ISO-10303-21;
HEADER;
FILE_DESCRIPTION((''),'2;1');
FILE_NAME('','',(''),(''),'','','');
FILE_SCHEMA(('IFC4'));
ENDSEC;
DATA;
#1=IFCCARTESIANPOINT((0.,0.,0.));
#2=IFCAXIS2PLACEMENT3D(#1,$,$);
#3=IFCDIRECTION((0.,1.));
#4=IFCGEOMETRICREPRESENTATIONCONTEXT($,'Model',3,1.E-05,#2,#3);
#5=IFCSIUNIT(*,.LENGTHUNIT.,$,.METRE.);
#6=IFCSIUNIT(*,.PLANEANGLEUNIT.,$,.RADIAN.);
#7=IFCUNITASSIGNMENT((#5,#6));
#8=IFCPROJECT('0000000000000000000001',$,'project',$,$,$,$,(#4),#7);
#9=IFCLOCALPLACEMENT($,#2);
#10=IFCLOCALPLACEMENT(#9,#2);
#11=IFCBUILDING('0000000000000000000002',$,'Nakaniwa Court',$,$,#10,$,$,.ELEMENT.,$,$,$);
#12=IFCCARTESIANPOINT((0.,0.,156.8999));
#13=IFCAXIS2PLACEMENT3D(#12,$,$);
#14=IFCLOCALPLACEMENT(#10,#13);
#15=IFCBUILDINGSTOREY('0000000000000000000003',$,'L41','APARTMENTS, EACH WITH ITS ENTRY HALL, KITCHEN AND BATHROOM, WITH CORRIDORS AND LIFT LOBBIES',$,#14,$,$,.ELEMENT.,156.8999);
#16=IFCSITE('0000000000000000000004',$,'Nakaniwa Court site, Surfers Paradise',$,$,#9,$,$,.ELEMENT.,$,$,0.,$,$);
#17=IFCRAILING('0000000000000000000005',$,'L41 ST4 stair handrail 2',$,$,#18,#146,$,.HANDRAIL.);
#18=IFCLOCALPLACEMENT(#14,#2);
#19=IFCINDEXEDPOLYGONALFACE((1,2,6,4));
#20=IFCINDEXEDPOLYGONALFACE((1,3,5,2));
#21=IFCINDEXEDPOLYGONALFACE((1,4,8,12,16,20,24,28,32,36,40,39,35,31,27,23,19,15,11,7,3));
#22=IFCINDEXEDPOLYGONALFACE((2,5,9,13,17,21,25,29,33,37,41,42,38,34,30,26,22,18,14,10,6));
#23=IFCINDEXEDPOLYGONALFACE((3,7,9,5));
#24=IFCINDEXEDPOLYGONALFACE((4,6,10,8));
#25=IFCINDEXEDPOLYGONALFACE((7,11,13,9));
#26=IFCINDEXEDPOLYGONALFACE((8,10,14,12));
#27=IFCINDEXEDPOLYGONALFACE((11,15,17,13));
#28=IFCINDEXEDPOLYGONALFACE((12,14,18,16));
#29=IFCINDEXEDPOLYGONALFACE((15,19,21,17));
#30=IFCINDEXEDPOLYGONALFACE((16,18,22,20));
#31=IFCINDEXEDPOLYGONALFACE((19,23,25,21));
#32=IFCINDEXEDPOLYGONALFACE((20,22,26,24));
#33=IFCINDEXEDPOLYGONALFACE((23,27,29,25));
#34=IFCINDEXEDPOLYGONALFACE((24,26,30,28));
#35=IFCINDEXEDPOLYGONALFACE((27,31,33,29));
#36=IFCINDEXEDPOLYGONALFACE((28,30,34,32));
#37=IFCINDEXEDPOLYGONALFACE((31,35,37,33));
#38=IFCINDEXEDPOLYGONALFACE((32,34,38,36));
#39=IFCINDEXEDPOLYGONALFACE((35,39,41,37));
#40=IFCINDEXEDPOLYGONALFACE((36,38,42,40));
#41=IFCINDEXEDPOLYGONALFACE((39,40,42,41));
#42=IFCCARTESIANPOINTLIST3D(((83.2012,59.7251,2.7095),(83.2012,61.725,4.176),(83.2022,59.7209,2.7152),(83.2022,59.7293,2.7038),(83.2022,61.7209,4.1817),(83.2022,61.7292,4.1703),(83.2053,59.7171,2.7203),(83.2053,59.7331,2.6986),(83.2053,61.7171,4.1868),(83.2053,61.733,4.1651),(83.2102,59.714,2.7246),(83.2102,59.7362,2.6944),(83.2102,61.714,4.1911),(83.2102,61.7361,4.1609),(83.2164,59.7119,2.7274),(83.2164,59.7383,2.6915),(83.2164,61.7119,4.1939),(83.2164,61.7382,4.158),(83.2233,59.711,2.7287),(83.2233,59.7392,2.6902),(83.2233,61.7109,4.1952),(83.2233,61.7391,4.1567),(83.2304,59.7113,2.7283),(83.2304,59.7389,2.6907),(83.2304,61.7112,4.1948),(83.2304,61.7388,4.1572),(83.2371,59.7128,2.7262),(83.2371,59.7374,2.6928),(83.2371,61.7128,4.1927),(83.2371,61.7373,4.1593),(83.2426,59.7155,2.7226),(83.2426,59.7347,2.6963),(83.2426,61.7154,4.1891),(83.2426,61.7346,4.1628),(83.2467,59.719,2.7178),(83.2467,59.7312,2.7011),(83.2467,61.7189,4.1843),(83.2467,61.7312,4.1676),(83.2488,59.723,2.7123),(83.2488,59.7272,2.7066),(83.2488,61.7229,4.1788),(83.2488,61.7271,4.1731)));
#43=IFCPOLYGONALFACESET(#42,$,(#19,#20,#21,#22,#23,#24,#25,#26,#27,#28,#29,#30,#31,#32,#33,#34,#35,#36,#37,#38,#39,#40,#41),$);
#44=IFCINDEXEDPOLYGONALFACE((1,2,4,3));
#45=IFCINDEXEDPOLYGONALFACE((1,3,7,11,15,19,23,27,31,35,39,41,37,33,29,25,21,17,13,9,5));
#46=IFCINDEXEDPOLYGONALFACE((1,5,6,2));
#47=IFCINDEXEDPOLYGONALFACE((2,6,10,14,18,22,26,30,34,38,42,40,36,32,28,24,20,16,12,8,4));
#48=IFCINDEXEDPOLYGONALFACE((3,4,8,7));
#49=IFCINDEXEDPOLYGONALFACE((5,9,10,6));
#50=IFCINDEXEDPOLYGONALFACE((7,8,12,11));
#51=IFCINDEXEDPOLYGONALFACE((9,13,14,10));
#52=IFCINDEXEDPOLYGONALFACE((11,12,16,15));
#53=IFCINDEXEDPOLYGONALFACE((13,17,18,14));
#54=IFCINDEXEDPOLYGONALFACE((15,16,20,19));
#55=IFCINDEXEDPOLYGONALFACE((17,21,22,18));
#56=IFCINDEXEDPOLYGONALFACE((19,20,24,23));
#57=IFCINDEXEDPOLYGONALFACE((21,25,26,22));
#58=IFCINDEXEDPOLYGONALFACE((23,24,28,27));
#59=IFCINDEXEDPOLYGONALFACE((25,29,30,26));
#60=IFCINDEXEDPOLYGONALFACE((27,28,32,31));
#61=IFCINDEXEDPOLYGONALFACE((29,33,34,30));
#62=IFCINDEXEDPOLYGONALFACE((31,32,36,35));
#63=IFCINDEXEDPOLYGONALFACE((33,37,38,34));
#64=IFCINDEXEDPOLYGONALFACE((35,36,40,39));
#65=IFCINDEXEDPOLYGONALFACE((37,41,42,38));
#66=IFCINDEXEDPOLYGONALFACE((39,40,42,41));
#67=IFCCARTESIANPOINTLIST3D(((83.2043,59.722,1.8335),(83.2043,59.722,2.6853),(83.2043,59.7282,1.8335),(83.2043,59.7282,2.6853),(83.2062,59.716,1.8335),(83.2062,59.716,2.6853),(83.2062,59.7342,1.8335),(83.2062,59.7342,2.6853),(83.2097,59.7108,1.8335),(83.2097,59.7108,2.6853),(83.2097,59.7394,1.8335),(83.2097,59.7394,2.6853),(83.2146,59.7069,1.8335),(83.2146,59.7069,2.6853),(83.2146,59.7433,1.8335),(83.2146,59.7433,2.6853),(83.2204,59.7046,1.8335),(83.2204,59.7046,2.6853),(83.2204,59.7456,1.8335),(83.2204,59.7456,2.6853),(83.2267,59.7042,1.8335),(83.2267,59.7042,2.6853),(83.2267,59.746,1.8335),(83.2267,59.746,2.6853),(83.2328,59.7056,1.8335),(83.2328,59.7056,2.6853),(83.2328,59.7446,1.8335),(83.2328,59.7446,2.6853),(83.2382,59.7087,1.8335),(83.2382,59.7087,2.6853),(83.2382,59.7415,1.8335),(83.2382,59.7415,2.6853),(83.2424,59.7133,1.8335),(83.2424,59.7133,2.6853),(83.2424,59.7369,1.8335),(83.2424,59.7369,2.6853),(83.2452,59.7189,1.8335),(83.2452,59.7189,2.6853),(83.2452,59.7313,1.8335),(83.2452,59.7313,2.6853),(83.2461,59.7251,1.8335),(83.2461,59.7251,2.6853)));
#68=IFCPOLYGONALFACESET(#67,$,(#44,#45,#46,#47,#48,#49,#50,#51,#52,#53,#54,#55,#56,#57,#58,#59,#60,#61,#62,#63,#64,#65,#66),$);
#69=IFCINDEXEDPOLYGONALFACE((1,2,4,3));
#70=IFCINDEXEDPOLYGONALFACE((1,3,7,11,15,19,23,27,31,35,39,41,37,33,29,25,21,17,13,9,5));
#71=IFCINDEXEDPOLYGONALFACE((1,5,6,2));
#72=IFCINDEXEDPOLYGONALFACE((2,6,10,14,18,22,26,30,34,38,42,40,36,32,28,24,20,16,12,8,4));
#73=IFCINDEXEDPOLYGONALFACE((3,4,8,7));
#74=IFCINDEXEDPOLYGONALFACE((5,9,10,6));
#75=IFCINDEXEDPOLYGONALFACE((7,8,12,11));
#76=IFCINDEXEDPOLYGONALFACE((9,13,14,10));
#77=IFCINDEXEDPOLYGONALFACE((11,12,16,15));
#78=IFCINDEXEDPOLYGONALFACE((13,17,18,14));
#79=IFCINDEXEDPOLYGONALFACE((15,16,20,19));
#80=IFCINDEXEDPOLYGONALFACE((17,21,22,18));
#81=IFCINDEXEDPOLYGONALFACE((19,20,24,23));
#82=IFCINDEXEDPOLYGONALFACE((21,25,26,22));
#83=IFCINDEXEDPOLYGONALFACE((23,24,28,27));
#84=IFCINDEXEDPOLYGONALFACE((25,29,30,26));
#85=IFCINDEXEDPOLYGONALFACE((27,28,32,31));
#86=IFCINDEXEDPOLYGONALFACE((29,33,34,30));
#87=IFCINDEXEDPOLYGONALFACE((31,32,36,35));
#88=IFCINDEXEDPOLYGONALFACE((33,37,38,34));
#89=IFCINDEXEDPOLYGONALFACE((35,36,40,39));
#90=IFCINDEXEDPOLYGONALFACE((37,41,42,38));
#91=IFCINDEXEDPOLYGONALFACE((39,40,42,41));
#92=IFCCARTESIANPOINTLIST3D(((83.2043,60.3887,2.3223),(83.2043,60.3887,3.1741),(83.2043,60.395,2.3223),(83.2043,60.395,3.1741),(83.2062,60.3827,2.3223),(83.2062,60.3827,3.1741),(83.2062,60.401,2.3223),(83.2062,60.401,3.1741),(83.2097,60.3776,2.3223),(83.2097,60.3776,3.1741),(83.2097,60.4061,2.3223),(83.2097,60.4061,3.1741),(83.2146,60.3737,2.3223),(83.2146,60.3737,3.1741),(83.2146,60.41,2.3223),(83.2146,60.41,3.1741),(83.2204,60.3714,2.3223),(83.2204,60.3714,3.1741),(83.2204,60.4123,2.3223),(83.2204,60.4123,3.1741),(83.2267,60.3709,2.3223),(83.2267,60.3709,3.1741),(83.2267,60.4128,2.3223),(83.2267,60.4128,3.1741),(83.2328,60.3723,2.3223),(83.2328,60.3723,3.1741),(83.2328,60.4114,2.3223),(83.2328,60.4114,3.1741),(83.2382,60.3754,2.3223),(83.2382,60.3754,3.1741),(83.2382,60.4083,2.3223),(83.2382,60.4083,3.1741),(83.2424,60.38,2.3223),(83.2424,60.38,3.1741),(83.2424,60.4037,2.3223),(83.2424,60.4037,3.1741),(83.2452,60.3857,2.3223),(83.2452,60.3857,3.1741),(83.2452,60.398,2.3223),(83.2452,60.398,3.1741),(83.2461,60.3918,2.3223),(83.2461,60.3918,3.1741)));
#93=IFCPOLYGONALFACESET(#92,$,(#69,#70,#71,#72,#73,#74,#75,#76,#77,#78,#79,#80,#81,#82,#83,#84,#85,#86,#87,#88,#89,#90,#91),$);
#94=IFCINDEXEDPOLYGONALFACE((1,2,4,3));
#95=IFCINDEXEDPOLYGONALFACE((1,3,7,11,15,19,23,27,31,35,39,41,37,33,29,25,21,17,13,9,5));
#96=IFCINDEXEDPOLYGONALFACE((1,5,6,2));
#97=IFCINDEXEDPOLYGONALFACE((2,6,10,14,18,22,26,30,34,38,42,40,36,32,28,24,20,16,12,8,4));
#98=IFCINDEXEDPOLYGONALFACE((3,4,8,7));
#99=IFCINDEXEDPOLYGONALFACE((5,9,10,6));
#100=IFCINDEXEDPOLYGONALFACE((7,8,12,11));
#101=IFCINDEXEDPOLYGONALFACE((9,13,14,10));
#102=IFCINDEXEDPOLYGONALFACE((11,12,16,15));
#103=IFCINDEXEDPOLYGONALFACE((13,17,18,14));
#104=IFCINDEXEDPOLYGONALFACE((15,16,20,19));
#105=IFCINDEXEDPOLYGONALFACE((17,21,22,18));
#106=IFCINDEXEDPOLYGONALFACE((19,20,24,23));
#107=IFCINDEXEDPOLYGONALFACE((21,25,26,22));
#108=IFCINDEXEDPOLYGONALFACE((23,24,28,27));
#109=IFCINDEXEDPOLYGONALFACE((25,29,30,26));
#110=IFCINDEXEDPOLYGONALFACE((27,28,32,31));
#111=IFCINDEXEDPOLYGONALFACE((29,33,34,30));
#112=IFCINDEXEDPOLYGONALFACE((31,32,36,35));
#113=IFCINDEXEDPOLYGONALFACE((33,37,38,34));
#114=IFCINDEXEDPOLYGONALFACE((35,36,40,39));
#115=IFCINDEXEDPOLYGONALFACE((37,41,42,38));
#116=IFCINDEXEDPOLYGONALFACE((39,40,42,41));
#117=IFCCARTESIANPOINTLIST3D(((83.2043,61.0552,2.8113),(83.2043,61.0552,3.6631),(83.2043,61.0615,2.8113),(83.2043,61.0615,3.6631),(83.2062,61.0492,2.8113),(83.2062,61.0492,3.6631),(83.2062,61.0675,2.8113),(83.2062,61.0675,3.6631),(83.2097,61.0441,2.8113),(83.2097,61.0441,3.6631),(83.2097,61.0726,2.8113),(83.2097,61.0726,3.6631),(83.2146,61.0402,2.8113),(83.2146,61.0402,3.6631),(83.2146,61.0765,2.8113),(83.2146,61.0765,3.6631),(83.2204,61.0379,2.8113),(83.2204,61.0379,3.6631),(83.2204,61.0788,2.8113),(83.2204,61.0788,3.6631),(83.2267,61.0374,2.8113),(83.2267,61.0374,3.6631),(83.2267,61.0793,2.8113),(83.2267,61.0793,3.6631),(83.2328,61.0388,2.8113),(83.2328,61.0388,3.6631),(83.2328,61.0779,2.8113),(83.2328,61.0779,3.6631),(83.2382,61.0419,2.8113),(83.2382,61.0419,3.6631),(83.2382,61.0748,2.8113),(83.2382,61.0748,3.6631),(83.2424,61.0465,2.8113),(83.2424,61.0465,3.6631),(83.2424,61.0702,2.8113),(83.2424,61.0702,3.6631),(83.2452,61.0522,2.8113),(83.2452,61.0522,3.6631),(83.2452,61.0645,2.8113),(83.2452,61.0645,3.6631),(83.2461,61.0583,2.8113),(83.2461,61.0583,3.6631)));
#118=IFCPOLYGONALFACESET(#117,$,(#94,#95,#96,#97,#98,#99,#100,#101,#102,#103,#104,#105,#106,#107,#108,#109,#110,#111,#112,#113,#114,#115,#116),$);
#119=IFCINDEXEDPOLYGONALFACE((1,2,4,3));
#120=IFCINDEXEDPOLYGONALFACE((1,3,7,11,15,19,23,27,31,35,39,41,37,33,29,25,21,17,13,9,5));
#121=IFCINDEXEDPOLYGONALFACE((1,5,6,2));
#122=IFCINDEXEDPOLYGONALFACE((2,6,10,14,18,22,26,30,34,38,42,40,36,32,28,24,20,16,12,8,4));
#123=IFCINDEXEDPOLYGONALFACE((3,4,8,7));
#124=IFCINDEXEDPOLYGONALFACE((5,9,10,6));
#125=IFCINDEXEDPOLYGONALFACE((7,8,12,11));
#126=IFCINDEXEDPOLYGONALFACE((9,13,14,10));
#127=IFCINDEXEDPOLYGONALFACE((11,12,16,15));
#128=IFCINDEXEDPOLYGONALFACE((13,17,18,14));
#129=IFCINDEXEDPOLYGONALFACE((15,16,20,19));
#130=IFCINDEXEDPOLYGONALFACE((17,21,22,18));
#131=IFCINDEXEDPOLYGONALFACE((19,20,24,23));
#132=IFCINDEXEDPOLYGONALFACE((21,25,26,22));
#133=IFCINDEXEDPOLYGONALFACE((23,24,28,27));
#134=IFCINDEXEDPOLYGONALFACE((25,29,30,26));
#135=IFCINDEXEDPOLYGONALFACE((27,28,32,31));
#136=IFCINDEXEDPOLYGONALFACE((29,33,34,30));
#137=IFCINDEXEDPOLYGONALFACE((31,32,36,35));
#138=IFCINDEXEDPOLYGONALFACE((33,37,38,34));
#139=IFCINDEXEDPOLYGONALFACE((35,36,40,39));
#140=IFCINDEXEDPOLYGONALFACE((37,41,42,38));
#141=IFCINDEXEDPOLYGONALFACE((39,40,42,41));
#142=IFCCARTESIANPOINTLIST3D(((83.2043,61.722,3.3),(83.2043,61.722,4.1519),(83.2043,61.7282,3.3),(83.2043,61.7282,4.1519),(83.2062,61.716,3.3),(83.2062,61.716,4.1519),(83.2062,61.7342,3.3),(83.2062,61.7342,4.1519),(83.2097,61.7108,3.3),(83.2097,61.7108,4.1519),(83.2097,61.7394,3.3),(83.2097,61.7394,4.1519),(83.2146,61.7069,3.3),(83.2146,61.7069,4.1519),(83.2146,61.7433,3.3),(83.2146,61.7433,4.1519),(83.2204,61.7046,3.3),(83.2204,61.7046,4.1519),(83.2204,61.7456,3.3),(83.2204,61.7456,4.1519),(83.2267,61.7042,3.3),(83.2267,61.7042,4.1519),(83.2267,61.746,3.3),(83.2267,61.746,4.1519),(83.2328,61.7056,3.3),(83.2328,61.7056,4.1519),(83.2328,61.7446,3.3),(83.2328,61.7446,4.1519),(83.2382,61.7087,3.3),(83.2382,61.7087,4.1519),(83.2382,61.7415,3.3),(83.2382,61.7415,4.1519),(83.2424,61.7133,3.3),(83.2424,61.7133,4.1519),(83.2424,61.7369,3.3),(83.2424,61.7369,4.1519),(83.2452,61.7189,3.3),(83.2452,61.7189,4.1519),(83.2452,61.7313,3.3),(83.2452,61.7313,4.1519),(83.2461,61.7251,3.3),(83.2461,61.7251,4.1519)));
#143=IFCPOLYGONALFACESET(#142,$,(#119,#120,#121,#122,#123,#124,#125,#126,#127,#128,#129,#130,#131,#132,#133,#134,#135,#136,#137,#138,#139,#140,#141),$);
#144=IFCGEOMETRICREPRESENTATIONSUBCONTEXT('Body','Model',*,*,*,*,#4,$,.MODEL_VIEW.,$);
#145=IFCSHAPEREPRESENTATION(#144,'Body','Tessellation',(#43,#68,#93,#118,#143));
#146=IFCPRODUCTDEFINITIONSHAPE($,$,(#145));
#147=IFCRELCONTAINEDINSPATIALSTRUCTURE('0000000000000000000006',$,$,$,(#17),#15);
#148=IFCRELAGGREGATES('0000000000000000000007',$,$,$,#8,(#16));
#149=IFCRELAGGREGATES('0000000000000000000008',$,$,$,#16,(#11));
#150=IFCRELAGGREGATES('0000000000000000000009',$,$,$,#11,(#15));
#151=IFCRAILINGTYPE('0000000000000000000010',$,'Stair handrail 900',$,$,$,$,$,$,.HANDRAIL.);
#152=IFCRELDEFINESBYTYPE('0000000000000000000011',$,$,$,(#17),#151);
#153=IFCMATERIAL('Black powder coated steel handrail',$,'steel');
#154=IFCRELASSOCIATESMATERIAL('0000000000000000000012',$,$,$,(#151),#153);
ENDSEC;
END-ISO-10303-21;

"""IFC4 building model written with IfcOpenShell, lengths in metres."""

from ifc_helpers import new_model, si_unit, direction, frame, origin, origin_2d, place, context, subcontext, project, spatial, circle, extrude, material, type_object, element, save


model = new_model("IFC4")

# Units and contexts
model_context = context("Model", 3, precision=1e-05, world=origin(), true_north=direction((0.0, 1.0)))
body_context = subcontext(model_context, "Body", "Model", "MODEL_VIEW")
ifc_project = project(units=[si_unit("LENGTHUNIT", "METRE"), si_unit("PLANEANGLEUNIT", "RADIAN")], contexts=[model_context])

# Site, building, storey
site_placement = place(None, origin())
site = spatial("IfcSite", under=ifc_project, at=site_placement, Name="Nakaniwa Court site, Surfers Paradise", CompositionType="ELEMENT", RefElevation=0.0)
building_placement = place(site_placement, origin())
building = spatial("IfcBuilding", under=site, at=building_placement, Name="Nakaniwa Court", CompositionType="ELEMENT")
storey_placement = place(building_placement, frame((0.0, 0.0, 156.8999)))
storey = spatial("IfcBuildingStorey", under=building, at=storey_placement, Name="L41", Description="APARTMENTS, EACH WITH ITS ENTRY HALL, KITCHEN AND BATHROOM, WITH CORRIDORS AND LIFT LOBBIES", CompositionType="ELEMENT", Elevation=156.8999)

# Railing
ifc_material_1 = material(Name="Black powder coated steel handrail", Category="steel")
railing_type_1 = type_object("IfcRailingType", Name="Stair handrail 900", PredefinedType="HANDRAIL", material=ifc_material_1)
railing_1_placement = place(storey_placement, frame((83.2251, 59.7251, 1.8335)))
element("IfcRailing", 1, at=railing_1_placement, inside=storey, type_object=railing_type_1, Name="L41 ST4 stair handrail 2", PredefinedType="HANDRAIL", context=body_context, shape_type="SweptSolid", body=[
    extrude(circle(Radius=0.0239, at=origin_2d()), frame((0.0, 0.0, 0.876), z_axis=(0.0, 0.806427, 0.591334), x_axis=(-1.0, 0.0, 0.0)), (0.0, 0.0, 1.0), 2.48),
    extrude(circle(Radius=0.021, at=origin_2d()), origin(), (0.0, 0.0, 1.0), 0.8518),
    extrude(circle(Radius=0.021, at=origin_2d()), frame((0.0, 0.6667, 0.4888)), (0.0, 0.0, 1.0), 0.8518),
    extrude(circle(Radius=0.021, at=origin_2d()), frame((0.0, 1.3333, 0.9778)), (0.0, 0.0, 1.0), 0.8518),
    extrude(circle(Radius=0.021, at=origin_2d()), frame((0.0, 2.0, 1.4666)), (0.0, 0.0, 1.0), 0.8518),
])

save(model, "model.ifc")
